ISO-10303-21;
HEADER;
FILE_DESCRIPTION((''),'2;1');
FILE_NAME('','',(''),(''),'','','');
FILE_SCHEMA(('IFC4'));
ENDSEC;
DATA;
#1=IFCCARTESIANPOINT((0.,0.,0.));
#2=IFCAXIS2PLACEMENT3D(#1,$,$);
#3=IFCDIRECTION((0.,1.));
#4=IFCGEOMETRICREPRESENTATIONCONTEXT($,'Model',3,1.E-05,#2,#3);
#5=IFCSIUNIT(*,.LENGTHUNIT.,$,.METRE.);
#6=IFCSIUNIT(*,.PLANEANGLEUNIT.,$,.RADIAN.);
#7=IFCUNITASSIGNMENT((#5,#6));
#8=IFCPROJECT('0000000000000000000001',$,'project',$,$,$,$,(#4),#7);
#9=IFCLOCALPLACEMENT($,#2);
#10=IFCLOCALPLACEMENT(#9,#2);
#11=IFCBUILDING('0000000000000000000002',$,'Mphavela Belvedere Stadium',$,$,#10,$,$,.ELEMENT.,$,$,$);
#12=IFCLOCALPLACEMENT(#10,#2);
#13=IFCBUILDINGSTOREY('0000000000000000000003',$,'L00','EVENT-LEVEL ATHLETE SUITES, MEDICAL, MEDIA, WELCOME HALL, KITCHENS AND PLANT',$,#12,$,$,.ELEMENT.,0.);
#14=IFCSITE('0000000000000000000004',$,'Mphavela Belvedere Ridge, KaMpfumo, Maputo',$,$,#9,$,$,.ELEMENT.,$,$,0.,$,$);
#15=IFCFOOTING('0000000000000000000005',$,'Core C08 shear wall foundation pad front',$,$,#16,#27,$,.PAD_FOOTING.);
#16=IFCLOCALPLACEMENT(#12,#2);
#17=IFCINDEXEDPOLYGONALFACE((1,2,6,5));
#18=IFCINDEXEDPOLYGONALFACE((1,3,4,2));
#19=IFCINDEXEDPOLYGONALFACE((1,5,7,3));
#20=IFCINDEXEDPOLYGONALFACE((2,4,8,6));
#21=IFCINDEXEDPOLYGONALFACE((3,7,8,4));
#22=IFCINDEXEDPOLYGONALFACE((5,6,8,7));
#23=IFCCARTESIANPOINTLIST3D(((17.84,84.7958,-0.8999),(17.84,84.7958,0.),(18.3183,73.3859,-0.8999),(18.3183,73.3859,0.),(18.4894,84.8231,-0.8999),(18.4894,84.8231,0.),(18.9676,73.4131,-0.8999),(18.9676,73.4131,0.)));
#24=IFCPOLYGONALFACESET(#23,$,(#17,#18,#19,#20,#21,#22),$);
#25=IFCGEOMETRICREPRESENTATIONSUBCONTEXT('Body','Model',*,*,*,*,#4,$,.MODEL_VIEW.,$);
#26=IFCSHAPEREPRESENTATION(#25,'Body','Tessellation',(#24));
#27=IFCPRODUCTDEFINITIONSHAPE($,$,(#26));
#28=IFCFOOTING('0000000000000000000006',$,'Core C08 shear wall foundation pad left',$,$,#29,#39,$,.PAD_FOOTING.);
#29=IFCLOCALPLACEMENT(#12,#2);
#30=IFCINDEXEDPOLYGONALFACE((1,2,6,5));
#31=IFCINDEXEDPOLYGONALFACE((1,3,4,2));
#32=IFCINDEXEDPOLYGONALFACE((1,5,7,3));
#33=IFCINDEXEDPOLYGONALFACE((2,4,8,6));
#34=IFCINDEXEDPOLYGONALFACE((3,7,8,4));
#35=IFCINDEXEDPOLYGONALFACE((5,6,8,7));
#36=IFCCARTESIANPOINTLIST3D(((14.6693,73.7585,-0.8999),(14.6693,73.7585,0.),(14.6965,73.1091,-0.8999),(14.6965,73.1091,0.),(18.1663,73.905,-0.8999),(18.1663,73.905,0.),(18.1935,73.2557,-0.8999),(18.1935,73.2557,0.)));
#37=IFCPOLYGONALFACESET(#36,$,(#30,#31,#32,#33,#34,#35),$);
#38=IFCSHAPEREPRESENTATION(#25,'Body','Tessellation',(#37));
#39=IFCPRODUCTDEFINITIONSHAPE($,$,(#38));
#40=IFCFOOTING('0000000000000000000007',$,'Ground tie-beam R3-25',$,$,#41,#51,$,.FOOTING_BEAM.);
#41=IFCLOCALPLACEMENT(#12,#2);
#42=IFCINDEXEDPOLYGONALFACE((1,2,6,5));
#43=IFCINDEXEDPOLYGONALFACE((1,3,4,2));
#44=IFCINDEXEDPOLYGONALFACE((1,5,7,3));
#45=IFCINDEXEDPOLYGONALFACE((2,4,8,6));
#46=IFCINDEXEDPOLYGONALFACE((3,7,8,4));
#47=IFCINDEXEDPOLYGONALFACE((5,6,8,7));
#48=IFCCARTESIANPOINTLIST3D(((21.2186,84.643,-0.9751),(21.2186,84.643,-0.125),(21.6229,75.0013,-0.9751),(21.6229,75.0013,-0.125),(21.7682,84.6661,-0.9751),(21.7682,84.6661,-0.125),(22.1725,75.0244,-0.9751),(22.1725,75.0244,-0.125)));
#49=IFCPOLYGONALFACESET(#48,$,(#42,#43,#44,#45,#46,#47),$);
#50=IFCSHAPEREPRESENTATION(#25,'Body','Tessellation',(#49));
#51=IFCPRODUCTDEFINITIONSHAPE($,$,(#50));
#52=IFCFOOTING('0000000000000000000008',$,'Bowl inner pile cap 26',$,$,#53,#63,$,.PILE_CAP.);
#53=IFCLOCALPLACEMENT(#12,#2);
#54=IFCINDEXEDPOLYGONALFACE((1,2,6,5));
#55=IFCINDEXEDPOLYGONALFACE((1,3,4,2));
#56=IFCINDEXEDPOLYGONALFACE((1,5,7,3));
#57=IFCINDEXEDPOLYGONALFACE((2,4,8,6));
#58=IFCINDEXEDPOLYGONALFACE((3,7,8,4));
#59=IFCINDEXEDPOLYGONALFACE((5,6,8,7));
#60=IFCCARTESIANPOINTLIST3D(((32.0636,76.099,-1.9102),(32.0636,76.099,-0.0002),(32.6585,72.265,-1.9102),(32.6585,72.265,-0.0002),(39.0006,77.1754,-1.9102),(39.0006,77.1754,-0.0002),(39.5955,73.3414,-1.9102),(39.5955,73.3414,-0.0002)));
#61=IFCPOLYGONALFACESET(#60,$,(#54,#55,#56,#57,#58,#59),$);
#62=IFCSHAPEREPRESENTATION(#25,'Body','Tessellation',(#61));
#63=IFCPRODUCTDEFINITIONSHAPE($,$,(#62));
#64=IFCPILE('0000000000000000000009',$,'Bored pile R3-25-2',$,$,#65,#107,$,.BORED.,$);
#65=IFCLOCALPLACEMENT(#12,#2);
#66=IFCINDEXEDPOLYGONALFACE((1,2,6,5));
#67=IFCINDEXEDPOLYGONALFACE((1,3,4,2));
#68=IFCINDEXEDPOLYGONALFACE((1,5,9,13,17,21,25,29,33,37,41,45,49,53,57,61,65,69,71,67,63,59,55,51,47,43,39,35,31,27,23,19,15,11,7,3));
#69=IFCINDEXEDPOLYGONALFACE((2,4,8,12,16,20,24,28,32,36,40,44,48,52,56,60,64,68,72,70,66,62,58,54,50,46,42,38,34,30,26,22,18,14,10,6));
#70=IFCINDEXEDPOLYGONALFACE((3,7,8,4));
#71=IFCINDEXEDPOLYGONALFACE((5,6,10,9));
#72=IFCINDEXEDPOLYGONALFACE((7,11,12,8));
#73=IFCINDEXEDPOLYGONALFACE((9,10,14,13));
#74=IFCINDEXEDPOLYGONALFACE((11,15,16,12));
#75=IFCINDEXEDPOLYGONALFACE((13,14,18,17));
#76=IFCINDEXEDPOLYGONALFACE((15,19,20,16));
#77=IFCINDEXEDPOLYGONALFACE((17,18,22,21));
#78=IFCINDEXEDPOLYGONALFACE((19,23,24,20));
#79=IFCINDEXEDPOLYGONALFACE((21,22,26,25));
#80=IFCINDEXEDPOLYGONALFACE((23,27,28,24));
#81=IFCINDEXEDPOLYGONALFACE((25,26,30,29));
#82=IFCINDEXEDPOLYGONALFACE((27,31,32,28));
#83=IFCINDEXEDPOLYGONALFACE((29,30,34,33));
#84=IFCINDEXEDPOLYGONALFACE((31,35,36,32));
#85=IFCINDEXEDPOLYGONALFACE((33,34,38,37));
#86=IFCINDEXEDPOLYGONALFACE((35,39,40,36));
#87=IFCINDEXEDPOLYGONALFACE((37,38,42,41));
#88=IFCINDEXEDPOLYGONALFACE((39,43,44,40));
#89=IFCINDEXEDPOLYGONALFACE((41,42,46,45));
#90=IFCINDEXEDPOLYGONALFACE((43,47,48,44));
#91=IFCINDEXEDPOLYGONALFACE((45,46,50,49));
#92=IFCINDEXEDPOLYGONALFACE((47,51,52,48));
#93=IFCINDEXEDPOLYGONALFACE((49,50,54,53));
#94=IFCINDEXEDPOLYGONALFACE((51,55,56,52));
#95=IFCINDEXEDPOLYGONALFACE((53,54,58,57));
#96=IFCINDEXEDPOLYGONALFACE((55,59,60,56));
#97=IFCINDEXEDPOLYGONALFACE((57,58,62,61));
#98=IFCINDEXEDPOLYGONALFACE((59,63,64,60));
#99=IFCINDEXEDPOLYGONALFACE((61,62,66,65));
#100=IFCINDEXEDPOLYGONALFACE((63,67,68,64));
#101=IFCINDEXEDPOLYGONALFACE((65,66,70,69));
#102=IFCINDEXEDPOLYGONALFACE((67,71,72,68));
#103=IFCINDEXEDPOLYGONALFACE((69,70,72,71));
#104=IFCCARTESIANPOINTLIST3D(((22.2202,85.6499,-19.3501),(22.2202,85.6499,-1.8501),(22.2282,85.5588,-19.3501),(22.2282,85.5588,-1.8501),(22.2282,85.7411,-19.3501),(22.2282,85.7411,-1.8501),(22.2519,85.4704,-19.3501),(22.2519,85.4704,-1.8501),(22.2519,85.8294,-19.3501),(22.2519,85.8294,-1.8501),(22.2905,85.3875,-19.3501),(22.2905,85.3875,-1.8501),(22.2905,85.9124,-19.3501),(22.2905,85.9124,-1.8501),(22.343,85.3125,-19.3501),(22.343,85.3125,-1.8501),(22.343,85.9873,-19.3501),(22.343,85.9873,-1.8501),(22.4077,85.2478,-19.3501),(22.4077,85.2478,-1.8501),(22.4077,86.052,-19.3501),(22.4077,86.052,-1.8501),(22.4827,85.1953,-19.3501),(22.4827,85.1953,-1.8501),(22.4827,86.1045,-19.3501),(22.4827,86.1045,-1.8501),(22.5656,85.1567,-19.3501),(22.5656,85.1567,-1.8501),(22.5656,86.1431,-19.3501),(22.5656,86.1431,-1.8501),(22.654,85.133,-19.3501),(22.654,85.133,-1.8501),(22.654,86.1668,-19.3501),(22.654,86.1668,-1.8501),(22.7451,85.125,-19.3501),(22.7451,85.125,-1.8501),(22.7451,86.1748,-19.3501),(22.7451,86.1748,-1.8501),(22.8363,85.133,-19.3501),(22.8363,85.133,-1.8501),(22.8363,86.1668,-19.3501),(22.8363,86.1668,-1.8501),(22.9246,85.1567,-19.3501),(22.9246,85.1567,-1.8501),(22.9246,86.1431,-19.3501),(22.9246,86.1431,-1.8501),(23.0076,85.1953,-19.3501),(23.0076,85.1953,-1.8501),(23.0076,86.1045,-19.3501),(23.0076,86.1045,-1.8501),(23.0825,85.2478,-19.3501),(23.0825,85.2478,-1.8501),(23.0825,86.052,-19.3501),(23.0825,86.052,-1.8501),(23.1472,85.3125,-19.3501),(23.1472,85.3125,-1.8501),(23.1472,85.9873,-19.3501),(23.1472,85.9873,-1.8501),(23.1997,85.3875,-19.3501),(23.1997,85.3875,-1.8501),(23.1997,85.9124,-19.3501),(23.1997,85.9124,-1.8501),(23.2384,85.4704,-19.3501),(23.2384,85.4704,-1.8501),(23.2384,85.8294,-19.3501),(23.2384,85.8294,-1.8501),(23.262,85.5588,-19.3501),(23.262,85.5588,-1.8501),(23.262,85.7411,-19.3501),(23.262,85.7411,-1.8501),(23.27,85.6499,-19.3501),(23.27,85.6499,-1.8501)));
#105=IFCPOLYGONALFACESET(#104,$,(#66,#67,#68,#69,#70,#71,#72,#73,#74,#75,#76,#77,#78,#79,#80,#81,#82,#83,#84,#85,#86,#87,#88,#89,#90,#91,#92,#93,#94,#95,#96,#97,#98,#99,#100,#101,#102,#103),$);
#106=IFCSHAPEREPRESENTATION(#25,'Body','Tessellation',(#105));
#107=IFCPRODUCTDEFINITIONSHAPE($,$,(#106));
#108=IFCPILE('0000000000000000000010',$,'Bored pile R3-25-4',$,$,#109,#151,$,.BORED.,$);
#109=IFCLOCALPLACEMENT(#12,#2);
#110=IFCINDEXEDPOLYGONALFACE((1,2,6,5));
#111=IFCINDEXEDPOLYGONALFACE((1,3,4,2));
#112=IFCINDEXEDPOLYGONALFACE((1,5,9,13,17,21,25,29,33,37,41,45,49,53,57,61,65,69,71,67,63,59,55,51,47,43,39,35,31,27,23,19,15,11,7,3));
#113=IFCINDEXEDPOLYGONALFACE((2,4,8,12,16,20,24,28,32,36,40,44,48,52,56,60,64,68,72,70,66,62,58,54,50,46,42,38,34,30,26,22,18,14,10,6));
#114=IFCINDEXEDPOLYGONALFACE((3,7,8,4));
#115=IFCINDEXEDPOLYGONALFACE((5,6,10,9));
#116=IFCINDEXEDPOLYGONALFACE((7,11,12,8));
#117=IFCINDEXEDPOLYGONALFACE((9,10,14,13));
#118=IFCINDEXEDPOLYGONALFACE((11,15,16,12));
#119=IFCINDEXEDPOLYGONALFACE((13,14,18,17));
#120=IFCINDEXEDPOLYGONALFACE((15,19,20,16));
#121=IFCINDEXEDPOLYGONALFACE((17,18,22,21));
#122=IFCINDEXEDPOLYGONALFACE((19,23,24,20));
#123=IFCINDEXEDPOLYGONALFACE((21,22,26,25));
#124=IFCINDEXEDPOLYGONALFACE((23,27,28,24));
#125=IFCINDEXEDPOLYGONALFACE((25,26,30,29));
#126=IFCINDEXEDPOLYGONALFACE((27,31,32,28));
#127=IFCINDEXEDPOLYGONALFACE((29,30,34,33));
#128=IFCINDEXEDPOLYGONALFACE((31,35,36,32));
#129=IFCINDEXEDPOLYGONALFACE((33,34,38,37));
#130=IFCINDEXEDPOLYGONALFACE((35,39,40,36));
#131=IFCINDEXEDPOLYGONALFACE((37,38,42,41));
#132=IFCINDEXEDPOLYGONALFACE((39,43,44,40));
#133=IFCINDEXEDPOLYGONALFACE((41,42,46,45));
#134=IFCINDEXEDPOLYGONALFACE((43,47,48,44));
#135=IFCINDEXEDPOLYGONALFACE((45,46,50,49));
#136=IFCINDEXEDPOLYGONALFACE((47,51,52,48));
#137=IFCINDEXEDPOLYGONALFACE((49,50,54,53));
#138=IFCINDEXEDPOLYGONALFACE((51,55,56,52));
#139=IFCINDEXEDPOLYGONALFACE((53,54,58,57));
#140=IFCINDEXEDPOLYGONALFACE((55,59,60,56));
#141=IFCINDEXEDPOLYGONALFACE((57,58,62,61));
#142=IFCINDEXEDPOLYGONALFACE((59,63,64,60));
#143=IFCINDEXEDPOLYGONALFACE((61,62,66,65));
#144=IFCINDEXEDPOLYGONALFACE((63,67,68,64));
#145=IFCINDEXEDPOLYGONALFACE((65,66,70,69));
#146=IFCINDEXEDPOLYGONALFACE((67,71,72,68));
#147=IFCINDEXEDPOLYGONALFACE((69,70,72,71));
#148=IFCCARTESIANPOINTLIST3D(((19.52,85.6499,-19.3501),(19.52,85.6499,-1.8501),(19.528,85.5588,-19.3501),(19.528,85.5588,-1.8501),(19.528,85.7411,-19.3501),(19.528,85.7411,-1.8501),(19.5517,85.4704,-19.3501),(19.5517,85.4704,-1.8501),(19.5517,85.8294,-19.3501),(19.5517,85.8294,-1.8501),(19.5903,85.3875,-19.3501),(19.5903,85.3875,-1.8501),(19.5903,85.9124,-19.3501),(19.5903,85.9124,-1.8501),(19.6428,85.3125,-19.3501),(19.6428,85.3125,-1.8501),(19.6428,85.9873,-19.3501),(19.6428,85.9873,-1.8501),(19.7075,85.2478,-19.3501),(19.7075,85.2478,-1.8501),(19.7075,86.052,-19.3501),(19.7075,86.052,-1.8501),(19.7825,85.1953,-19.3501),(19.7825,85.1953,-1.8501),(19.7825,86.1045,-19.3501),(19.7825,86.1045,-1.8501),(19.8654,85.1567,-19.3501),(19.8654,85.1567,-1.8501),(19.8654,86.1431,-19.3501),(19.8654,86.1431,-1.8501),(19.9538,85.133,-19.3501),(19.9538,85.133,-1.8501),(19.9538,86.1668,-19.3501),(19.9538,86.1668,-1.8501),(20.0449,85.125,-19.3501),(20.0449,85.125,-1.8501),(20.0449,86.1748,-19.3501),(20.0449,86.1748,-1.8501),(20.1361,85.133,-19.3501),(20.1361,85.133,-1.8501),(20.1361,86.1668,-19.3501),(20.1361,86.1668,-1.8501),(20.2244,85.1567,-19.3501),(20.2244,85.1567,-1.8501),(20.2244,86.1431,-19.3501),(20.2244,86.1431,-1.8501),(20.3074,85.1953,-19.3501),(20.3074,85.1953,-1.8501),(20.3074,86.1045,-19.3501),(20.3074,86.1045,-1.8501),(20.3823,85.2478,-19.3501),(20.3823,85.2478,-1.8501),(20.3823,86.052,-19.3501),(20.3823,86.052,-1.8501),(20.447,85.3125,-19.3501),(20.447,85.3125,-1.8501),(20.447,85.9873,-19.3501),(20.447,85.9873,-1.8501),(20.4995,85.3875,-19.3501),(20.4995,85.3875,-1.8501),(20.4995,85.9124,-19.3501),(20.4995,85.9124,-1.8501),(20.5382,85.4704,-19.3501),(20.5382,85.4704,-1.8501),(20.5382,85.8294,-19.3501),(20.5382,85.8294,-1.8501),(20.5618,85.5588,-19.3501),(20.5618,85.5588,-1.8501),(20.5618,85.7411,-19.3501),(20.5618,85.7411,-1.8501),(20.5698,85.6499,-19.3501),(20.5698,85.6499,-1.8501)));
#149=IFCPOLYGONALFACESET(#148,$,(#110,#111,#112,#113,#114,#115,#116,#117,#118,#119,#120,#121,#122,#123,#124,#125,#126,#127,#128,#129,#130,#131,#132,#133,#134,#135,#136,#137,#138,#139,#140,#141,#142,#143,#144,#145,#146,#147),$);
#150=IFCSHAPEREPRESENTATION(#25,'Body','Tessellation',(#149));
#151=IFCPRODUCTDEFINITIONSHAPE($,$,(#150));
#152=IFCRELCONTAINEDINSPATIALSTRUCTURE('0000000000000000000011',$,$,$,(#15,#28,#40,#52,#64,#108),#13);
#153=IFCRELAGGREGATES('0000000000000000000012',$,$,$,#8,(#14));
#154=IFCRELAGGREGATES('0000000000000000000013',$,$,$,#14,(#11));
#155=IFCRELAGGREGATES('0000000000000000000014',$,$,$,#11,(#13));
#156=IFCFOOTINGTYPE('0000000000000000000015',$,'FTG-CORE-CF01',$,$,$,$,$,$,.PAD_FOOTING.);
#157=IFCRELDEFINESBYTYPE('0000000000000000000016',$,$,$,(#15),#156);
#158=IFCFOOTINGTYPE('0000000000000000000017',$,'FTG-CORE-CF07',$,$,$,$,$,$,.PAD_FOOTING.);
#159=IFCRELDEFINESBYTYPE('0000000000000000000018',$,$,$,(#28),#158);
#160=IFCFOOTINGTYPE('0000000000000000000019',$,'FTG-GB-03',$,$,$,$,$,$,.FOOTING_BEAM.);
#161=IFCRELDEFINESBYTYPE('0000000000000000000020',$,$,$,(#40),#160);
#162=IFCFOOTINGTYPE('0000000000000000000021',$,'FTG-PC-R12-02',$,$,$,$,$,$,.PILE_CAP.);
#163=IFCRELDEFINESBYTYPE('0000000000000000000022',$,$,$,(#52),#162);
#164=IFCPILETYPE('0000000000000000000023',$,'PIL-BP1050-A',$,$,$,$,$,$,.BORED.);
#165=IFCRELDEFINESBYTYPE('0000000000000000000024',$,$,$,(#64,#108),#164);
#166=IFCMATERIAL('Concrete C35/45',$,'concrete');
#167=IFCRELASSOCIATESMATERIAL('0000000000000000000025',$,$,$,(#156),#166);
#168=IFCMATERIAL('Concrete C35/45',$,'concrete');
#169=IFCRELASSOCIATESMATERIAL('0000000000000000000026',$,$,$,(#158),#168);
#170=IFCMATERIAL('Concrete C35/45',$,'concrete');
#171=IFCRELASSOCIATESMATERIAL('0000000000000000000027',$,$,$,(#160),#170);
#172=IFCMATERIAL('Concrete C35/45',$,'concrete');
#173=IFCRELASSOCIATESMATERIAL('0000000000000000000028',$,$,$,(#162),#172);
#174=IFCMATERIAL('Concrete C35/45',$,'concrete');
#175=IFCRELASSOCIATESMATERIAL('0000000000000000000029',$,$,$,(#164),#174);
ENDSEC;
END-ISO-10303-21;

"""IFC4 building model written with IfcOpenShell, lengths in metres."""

from ifc_helpers import new_model, si_unit, direction, frame, origin, origin_2d, place, context, subcontext, project, spatial, rectangle, circle, extrude, material, material_profile, profile_set, type_object, element, save


model = new_model("IFC4")

# Units and contexts
model_context = context("Model", 3, precision=1e-05, world=origin(), true_north=direction((0.0, 1.0)))
body_context = subcontext(model_context, "Body", "Model", "MODEL_VIEW")
ifc_project = project(units=[si_unit("LENGTHUNIT", "METRE"), si_unit("PLANEANGLEUNIT", "RADIAN")], contexts=[model_context])

# Site, building, storey
site_placement = place(None, origin())
site = spatial("IfcSite", under=ifc_project, at=site_placement, Name="Mphavela Belvedere Ridge, KaMpfumo, Maputo", CompositionType="ELEMENT", RefElevation=0.0)
building_placement = place(site_placement, origin())
building = spatial("IfcBuilding", under=site, at=building_placement, Name="Mphavela Belvedere Stadium", CompositionType="ELEMENT")
storey_placement = place(building_placement, origin())
storey = spatial("IfcBuildingStorey", under=building, at=storey_placement, Name="L00", Description="EVENT-LEVEL ATHLETE SUITES, MEDICAL, MEDIA, WELCOME HALL, KITCHENS AND PLANT", CompositionType="ELEMENT", Elevation=0.0)

# Footings
ifc_material_1 = material(Name="Concrete C35/45", Category="concrete")
footing_type_1 = type_object("IfcFootingType", Name="FTG-CORE-CF01", PredefinedType="PAD_FOOTING", material=ifc_material_1)
footing_1_placement = place(storey_placement, frame((18.4038, 79.1045, -0.8999), z_axis=(0.0, 0.0, 1.0), x_axis=(-0.041876, 0.999123, 0.0)))
element("IfcFooting", 1, at=footing_1_placement, inside=storey, type_object=footing_type_1, Name="Core C08 shear wall foundation pad front", PredefinedType="PAD_FOOTING", context=body_context, shape_type="SweptSolid", body=[
    extrude(rectangle(XDim=11.4199, YDim=0.6499, at=origin_2d()), origin(), (0.0, 0.0, 1.0), 0.8999),
])
ifc_material_2 = material(Name="Concrete C35/45", Category="concrete")
footing_type_2 = type_object("IfcFootingType", Name="FTG-CORE-CF07", PredefinedType="PAD_FOOTING", material=ifc_material_2)
footing_2_placement = place(storey_placement, frame((16.4314, 73.5071, -0.8999), z_axis=(0.0, 0.0, 1.0), x_axis=(-0.999123, -0.041876, 0.0)))
element("IfcFooting", 2, at=footing_2_placement, inside=storey, type_object=footing_type_2, Name="Core C08 shear wall foundation pad left", PredefinedType="PAD_FOOTING", context=body_context, shape_type="SweptSolid", body=[
    extrude(rectangle(XDim=3.5, YDim=0.6499, at=origin_2d()), origin(), (0.0, 0.0, 1.0), 0.8999),
])
ifc_material_3 = material(Name="Concrete C35/45", Category="concrete")
ifc_material_profile_1 = material_profile(ifc_material_3, rectangle(XDim=0.55, YDim=0.8501, at=origin_2d()), Name="GB 550x850")
ifc_profile_set_1 = profile_set([ifc_material_profile_1], Name="Concrete C35/45")
footing_type_3 = type_object("IfcFootingType", Name="FTG-GB-03", PredefinedType="FOOTING_BEAM", material=ifc_profile_set_1)
footing_3_placement = place(storey_placement, frame((21.4934, 84.6545, -0.55), z_axis=(0.041896, -0.999122, 0.0), x_axis=(0.999122, 0.041896, 0.0)))
element("IfcFooting", 3, at=footing_3_placement, inside=storey, type_object=footing_type_3, Name="Ground tie-beam R3-25", PredefinedType="FOOTING_BEAM", context=body_context, shape_type="SweptSolid", body=[
    extrude(rectangle(XDim=0.55, YDim=0.8501, at=origin_2d()), origin(), (0.0, 0.0, 1.0), 9.6501),
])
ifc_material_4 = material(Name="Concrete C35/45", Category="concrete")
footing_type_4 = type_object("IfcFootingType", Name="FTG-PC-R12-02", PredefinedType="PILE_CAP", material=ifc_material_4)
footing_4_placement = place(storey_placement, frame((35.8296, 74.7202, -1.9102), z_axis=(0.0, 0.0, 1.0), x_axis=(-0.988175, -0.153331, 0.0)))
element("IfcFooting", 4, at=footing_4_placement, inside=storey, type_object=footing_type_4, Name="Bowl inner pile cap 26", PredefinedType="PILE_CAP", context=body_context, shape_type="SweptSolid", body=[
    extrude(rectangle(XDim=7.02, YDim=3.8799, at=origin_2d()), origin(), (0.0, 0.0, 1.0), 1.9099),
])

# Piles
ifc_material_5 = material(Name="Concrete C35/45", Category="concrete")
ifc_material_profile_2 = material_profile(ifc_material_5, circle(Radius=0.5249, at=origin_2d()), Name="BP D1050")
ifc_profile_set_2 = profile_set([ifc_material_profile_2], Name="Concrete C35/45")
pile_type_1 = type_object("IfcPileType", Name="PIL-BP1050-A", PredefinedType="BORED", material=ifc_profile_set_2)
for number, where, z_axis, x_axis, name in (
    (5, (22.7451, 85.6499, -1.8501), (0.0, 0.0, -1.0), (1.0, 0.0, 0.0), "Bored pile R3-25-2"),
    (6, (20.0449, 85.6499, -1.8501), (0.0, 0.0, -1.0), (1.0, 0.0, 0.0), "Bored pile R3-25-4"),
):
    element("IfcPile", number, at=place(storey_placement, frame(where, z_axis=z_axis, x_axis=x_axis)), inside=storey, type_object=pile_type_1, Name=name, PredefinedType="BORED", context=body_context, shape_type="SweptSolid", body=[
        extrude(circle(Radius=0.5249, at=origin_2d()), origin(), (0.0, 0.0, 1.0), 17.5),
    ])

save(model, "model.ifc")
